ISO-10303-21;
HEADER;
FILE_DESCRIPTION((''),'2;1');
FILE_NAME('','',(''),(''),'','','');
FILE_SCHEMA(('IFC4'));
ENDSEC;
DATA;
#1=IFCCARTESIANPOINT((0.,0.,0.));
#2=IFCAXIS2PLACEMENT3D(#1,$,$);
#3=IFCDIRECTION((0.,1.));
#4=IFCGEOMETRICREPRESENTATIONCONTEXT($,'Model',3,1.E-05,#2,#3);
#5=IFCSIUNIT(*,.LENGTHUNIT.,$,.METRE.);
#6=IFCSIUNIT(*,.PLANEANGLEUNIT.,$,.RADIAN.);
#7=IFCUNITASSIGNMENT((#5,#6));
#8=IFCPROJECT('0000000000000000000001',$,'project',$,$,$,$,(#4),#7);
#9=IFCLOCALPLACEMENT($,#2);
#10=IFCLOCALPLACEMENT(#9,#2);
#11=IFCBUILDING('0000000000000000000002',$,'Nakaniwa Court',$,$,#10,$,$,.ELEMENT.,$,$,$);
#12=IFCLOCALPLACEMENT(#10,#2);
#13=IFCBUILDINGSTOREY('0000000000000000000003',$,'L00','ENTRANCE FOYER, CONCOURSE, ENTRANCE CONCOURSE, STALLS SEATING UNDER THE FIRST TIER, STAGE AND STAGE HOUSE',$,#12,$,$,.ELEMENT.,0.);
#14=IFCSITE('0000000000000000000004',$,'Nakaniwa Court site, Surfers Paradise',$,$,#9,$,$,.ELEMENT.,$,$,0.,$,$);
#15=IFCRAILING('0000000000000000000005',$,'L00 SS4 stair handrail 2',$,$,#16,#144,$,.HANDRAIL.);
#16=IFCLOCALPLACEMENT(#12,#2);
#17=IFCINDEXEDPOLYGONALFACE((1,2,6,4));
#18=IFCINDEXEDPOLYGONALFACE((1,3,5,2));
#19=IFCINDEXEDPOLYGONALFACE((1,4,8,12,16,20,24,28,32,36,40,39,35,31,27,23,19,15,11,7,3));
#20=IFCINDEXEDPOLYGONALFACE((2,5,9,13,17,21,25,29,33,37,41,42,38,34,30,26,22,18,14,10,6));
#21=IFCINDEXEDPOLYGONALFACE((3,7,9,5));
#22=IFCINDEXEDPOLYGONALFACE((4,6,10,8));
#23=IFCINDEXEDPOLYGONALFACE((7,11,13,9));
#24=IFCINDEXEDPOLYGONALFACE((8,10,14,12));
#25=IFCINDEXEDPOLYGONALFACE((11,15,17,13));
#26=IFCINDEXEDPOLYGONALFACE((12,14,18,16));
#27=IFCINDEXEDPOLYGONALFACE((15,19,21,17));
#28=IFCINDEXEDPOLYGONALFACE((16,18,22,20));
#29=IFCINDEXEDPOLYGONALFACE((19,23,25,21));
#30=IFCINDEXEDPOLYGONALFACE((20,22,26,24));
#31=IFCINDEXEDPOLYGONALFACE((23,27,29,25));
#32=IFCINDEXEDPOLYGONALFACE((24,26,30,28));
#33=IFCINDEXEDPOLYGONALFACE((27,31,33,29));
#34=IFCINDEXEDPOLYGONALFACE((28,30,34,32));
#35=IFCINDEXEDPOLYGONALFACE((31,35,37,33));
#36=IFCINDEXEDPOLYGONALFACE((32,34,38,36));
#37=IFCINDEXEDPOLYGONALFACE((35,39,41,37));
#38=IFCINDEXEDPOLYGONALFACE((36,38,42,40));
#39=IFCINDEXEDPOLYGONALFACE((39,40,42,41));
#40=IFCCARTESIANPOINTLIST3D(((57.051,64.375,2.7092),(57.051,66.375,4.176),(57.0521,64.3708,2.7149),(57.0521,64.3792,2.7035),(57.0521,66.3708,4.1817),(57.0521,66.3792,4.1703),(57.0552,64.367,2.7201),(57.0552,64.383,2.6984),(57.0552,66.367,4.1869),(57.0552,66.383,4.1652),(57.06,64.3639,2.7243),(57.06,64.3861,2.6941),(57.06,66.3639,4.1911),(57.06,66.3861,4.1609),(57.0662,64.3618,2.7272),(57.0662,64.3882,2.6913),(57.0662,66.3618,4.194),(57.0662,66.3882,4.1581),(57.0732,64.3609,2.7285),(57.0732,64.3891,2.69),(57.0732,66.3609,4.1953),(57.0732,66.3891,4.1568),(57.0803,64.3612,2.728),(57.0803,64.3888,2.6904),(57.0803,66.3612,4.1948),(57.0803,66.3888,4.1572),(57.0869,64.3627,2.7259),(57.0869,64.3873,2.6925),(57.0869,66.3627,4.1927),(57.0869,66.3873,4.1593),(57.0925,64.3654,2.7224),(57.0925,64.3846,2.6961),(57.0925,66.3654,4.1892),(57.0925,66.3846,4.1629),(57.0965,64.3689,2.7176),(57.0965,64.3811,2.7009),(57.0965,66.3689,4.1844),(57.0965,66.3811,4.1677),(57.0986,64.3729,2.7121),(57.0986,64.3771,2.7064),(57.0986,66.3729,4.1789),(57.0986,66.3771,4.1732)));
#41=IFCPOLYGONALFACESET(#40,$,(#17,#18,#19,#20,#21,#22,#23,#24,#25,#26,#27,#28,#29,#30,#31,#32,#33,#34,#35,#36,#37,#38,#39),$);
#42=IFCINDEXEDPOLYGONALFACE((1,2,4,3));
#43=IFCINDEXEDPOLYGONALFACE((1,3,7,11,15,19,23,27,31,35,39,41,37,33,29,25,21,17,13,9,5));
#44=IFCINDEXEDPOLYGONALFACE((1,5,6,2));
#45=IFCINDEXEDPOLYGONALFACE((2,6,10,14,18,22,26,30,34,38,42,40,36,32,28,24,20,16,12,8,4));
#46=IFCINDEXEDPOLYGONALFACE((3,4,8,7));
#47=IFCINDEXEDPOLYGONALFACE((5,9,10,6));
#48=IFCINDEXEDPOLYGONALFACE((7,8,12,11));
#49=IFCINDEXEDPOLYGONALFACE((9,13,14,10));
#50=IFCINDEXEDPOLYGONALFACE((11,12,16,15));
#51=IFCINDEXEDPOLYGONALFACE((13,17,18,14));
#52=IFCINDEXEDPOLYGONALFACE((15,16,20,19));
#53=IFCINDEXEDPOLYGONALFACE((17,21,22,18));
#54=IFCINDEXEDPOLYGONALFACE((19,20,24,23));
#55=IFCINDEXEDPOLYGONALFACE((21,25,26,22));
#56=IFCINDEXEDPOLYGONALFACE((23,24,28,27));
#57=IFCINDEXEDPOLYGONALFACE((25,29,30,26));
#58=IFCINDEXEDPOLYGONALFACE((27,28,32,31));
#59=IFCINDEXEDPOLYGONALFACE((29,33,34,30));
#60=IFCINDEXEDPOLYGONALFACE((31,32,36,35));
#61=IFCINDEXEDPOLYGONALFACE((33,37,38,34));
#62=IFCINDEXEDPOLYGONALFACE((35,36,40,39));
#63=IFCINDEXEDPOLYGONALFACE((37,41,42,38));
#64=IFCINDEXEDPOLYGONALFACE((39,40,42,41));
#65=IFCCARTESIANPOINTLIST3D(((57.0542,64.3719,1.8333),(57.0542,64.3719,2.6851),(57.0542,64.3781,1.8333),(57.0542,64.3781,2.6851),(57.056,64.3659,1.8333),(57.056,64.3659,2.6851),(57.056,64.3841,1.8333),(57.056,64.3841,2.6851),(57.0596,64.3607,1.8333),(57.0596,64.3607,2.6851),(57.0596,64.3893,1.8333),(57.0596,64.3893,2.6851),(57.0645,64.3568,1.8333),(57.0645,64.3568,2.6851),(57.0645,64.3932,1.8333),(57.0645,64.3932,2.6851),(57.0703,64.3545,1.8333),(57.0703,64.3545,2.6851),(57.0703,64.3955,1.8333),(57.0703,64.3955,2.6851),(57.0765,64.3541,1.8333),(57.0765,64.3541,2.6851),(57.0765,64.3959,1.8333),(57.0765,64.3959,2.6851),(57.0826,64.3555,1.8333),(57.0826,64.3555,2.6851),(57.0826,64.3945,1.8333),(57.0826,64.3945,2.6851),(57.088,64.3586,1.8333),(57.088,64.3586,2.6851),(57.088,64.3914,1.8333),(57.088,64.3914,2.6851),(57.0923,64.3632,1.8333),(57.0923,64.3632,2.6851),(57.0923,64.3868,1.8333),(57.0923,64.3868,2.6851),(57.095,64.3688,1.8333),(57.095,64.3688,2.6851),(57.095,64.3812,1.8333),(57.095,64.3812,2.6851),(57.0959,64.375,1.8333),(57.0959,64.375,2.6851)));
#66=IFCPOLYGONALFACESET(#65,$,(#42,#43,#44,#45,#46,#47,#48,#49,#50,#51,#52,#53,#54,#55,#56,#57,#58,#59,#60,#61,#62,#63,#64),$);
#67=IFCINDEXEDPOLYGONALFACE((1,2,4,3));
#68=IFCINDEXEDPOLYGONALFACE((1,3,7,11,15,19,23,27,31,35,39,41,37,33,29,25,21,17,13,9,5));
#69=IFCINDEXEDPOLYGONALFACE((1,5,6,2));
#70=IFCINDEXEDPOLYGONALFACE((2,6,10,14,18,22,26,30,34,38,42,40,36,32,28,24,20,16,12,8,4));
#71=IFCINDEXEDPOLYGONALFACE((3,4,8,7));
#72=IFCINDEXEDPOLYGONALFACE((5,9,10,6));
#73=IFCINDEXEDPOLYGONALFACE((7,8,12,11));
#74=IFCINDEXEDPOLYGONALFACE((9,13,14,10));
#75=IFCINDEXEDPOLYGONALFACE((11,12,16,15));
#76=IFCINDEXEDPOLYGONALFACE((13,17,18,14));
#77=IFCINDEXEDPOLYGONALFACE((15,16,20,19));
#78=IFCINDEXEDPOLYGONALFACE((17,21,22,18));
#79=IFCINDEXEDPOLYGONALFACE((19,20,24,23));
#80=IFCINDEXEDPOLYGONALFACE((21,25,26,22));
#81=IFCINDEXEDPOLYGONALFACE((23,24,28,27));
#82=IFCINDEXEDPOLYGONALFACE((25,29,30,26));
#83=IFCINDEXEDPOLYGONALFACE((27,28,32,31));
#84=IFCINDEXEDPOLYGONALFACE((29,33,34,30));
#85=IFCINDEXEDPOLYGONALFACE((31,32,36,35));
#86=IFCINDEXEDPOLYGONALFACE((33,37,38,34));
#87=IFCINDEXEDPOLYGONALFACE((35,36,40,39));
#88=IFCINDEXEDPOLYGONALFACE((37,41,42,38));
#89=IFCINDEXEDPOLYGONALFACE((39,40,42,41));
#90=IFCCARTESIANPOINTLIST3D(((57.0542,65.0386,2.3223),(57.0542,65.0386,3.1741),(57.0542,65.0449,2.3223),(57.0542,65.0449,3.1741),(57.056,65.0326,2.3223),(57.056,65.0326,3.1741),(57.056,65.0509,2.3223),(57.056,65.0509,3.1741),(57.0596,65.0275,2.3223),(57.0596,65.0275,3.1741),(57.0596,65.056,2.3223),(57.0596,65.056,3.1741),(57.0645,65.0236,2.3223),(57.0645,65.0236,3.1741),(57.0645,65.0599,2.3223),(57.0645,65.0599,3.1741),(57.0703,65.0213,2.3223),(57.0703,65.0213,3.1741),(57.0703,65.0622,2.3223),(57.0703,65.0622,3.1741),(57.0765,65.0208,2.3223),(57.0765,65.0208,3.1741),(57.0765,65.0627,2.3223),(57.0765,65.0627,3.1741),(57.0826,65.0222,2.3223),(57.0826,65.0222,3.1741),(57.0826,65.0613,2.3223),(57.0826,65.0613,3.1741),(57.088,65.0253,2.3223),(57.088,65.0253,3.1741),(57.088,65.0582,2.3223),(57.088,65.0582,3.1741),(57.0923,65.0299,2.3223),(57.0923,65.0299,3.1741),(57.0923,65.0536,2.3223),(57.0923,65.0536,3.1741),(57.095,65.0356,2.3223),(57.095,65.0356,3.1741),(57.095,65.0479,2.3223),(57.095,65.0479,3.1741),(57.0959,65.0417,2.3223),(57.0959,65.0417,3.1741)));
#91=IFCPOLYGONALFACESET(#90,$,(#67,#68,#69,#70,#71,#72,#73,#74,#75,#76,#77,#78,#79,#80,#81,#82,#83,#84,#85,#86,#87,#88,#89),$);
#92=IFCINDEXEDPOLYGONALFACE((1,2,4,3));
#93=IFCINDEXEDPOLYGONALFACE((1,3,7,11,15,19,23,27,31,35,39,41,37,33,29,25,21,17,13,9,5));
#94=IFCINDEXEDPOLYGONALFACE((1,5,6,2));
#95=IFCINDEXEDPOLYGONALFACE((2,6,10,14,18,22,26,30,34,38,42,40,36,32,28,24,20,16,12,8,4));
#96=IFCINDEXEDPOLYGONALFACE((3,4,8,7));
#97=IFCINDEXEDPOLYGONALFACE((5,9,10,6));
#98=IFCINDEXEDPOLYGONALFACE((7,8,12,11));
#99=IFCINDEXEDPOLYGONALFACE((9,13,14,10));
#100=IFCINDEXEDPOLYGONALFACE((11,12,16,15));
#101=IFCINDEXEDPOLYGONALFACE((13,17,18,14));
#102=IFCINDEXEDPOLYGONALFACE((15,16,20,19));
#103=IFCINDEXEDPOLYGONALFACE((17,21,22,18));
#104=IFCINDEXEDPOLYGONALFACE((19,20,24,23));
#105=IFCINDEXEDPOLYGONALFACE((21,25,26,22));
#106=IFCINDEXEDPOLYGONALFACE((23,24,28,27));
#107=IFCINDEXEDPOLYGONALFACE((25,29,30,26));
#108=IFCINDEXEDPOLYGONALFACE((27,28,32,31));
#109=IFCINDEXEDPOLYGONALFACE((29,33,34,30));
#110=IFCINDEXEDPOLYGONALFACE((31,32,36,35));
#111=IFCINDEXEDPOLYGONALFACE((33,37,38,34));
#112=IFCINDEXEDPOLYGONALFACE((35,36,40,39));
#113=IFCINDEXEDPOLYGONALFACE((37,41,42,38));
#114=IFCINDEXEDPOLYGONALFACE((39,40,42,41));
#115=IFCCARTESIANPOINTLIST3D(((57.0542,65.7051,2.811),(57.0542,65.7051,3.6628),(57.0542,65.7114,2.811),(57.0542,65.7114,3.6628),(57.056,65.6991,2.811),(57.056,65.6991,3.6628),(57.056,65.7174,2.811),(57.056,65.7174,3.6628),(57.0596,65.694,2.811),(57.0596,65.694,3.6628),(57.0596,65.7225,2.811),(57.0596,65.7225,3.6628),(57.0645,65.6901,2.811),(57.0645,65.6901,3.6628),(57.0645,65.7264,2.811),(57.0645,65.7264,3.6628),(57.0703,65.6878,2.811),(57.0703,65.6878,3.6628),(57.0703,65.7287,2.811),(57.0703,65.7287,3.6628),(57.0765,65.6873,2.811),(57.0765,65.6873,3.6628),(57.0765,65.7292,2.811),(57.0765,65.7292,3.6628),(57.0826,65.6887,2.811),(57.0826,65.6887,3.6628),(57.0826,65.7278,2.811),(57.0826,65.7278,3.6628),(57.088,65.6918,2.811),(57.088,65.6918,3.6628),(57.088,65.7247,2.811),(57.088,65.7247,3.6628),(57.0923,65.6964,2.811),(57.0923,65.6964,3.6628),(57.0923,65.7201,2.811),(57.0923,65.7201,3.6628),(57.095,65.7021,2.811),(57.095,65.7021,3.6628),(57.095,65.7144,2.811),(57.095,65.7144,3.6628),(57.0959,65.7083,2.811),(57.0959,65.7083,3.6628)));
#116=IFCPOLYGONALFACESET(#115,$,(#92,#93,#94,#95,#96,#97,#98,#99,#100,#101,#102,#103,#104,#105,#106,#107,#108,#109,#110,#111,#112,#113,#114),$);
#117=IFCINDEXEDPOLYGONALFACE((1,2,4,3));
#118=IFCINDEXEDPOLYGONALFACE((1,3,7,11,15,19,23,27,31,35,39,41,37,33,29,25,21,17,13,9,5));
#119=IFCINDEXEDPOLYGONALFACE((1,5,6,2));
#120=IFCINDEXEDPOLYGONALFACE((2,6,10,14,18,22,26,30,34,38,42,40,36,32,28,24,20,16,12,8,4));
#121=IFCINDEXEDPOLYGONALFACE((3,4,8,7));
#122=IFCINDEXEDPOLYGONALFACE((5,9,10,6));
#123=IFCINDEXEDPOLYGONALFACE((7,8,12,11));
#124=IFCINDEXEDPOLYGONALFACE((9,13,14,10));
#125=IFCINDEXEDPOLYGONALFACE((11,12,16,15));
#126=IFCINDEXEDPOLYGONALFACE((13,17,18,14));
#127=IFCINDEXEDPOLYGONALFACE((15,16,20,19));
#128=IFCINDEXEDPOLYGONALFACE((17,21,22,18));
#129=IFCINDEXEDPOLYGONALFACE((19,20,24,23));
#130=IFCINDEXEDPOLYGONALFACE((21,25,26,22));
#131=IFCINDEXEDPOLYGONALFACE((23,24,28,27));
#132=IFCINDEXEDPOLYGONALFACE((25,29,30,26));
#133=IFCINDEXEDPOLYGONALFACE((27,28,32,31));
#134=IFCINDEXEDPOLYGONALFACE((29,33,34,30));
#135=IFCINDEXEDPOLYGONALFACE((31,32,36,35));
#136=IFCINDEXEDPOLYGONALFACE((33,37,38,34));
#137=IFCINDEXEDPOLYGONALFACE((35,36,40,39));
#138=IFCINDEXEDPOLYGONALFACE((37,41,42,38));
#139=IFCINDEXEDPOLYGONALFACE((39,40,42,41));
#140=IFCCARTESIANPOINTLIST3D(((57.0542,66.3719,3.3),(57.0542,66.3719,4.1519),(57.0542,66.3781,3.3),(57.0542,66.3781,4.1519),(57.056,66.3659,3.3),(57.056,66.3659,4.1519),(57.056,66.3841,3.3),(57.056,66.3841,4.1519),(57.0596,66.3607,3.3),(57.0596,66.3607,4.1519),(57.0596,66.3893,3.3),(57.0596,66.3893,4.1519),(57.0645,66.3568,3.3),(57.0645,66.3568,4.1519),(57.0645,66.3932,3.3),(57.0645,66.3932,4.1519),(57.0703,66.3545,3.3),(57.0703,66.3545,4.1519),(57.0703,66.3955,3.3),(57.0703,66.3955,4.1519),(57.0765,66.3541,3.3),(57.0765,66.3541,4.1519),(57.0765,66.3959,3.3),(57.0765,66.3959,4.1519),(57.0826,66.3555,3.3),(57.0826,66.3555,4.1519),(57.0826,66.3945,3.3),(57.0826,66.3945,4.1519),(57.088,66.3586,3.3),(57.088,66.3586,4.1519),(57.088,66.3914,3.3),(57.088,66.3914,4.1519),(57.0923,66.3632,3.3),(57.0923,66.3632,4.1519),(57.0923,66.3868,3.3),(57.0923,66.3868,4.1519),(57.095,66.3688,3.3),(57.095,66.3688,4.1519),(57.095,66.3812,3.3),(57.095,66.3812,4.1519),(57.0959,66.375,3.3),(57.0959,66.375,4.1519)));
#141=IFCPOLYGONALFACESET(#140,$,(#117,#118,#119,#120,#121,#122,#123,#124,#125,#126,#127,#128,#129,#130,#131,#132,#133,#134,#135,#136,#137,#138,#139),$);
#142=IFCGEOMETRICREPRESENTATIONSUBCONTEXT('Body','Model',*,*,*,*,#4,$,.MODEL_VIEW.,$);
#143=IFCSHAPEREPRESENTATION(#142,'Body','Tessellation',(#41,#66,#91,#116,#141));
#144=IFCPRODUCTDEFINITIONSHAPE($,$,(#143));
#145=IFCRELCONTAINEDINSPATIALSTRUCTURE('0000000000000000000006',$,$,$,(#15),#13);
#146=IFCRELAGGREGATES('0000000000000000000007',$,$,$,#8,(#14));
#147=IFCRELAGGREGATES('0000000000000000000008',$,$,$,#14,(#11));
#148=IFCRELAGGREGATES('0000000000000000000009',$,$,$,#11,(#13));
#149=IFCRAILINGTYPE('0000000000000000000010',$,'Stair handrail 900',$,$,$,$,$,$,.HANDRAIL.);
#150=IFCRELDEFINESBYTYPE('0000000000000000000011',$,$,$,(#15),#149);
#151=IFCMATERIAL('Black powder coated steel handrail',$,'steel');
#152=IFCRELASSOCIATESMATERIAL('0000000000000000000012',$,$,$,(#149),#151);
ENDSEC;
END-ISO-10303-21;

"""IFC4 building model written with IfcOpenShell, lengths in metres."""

from ifc_helpers import new_model, si_unit, direction, frame, origin, origin_2d, place, context, subcontext, project, spatial, circle, extrude, material, type_object, element, save


model = new_model("IFC4")

# Units and contexts
model_context = context("Model", 3, precision=1e-05, world=origin(), true_north=direction((0.0, 1.0)))
body_context = subcontext(model_context, "Body", "Model", "MODEL_VIEW")
ifc_project = project(units=[si_unit("LENGTHUNIT", "METRE"), si_unit("PLANEANGLEUNIT", "RADIAN")], contexts=[model_context])

# Site, building, storey
site_placement = place(None, origin())
site = spatial("IfcSite", under=ifc_project, at=site_placement, Name="Nakaniwa Court site, Surfers Paradise", CompositionType="ELEMENT", RefElevation=0.0)
building_placement = place(site_placement, origin())
building = spatial("IfcBuilding", under=site, at=building_placement, Name="Nakaniwa Court", CompositionType="ELEMENT")
storey_placement = place(building_placement, origin())
storey = spatial("IfcBuildingStorey", under=building, at=storey_placement, Name="L00", Description="ENTRANCE FOYER, CONCOURSE, ENTRANCE CONCOURSE, STALLS SEATING UNDER THE FIRST TIER, STAGE AND STAGE HOUSE", CompositionType="ELEMENT", Elevation=0.0)

# Railing
ifc_material_1 = material(Name="Black powder coated steel handrail", Category="steel")
railing_type_1 = type_object("IfcRailingType", Name="Stair handrail 900", PredefinedType="HANDRAIL", material=ifc_material_1)
railing_1_placement = place(storey_placement, frame((57.075, 64.375, 1.8333)))
element("IfcRailing", 1, at=railing_1_placement, inside=storey, type_object=railing_type_1, Name="L00 SS4 stair handrail 2", PredefinedType="HANDRAIL", context=body_context, shape_type="SweptSolid", body=[
    extrude(circle(Radius=0.0239, at=origin_2d()), frame((0.0, 0.0, 0.876), z_axis=(0.0, 0.80638, 0.591398), x_axis=(-1.0, 0.0, 0.0)), (0.0, 0.0, 1.0), 2.4802),
    extrude(circle(Radius=0.021, at=origin_2d()), origin(), (0.0, 0.0, 1.0), 0.8518),
    extrude(circle(Radius=0.021, at=origin_2d()), frame((0.0, 0.6667, 0.489)), (0.0, 0.0, 1.0), 0.8518),
    extrude(circle(Radius=0.021, at=origin_2d()), frame((0.0, 1.3333, 0.9778)), (0.0, 0.0, 1.0), 0.8518),
    extrude(circle(Radius=0.021, at=origin_2d()), frame((0.0, 2.0, 1.4668)), (0.0, 0.0, 1.0), 0.8518),
])

save(model, "model.ifc")
